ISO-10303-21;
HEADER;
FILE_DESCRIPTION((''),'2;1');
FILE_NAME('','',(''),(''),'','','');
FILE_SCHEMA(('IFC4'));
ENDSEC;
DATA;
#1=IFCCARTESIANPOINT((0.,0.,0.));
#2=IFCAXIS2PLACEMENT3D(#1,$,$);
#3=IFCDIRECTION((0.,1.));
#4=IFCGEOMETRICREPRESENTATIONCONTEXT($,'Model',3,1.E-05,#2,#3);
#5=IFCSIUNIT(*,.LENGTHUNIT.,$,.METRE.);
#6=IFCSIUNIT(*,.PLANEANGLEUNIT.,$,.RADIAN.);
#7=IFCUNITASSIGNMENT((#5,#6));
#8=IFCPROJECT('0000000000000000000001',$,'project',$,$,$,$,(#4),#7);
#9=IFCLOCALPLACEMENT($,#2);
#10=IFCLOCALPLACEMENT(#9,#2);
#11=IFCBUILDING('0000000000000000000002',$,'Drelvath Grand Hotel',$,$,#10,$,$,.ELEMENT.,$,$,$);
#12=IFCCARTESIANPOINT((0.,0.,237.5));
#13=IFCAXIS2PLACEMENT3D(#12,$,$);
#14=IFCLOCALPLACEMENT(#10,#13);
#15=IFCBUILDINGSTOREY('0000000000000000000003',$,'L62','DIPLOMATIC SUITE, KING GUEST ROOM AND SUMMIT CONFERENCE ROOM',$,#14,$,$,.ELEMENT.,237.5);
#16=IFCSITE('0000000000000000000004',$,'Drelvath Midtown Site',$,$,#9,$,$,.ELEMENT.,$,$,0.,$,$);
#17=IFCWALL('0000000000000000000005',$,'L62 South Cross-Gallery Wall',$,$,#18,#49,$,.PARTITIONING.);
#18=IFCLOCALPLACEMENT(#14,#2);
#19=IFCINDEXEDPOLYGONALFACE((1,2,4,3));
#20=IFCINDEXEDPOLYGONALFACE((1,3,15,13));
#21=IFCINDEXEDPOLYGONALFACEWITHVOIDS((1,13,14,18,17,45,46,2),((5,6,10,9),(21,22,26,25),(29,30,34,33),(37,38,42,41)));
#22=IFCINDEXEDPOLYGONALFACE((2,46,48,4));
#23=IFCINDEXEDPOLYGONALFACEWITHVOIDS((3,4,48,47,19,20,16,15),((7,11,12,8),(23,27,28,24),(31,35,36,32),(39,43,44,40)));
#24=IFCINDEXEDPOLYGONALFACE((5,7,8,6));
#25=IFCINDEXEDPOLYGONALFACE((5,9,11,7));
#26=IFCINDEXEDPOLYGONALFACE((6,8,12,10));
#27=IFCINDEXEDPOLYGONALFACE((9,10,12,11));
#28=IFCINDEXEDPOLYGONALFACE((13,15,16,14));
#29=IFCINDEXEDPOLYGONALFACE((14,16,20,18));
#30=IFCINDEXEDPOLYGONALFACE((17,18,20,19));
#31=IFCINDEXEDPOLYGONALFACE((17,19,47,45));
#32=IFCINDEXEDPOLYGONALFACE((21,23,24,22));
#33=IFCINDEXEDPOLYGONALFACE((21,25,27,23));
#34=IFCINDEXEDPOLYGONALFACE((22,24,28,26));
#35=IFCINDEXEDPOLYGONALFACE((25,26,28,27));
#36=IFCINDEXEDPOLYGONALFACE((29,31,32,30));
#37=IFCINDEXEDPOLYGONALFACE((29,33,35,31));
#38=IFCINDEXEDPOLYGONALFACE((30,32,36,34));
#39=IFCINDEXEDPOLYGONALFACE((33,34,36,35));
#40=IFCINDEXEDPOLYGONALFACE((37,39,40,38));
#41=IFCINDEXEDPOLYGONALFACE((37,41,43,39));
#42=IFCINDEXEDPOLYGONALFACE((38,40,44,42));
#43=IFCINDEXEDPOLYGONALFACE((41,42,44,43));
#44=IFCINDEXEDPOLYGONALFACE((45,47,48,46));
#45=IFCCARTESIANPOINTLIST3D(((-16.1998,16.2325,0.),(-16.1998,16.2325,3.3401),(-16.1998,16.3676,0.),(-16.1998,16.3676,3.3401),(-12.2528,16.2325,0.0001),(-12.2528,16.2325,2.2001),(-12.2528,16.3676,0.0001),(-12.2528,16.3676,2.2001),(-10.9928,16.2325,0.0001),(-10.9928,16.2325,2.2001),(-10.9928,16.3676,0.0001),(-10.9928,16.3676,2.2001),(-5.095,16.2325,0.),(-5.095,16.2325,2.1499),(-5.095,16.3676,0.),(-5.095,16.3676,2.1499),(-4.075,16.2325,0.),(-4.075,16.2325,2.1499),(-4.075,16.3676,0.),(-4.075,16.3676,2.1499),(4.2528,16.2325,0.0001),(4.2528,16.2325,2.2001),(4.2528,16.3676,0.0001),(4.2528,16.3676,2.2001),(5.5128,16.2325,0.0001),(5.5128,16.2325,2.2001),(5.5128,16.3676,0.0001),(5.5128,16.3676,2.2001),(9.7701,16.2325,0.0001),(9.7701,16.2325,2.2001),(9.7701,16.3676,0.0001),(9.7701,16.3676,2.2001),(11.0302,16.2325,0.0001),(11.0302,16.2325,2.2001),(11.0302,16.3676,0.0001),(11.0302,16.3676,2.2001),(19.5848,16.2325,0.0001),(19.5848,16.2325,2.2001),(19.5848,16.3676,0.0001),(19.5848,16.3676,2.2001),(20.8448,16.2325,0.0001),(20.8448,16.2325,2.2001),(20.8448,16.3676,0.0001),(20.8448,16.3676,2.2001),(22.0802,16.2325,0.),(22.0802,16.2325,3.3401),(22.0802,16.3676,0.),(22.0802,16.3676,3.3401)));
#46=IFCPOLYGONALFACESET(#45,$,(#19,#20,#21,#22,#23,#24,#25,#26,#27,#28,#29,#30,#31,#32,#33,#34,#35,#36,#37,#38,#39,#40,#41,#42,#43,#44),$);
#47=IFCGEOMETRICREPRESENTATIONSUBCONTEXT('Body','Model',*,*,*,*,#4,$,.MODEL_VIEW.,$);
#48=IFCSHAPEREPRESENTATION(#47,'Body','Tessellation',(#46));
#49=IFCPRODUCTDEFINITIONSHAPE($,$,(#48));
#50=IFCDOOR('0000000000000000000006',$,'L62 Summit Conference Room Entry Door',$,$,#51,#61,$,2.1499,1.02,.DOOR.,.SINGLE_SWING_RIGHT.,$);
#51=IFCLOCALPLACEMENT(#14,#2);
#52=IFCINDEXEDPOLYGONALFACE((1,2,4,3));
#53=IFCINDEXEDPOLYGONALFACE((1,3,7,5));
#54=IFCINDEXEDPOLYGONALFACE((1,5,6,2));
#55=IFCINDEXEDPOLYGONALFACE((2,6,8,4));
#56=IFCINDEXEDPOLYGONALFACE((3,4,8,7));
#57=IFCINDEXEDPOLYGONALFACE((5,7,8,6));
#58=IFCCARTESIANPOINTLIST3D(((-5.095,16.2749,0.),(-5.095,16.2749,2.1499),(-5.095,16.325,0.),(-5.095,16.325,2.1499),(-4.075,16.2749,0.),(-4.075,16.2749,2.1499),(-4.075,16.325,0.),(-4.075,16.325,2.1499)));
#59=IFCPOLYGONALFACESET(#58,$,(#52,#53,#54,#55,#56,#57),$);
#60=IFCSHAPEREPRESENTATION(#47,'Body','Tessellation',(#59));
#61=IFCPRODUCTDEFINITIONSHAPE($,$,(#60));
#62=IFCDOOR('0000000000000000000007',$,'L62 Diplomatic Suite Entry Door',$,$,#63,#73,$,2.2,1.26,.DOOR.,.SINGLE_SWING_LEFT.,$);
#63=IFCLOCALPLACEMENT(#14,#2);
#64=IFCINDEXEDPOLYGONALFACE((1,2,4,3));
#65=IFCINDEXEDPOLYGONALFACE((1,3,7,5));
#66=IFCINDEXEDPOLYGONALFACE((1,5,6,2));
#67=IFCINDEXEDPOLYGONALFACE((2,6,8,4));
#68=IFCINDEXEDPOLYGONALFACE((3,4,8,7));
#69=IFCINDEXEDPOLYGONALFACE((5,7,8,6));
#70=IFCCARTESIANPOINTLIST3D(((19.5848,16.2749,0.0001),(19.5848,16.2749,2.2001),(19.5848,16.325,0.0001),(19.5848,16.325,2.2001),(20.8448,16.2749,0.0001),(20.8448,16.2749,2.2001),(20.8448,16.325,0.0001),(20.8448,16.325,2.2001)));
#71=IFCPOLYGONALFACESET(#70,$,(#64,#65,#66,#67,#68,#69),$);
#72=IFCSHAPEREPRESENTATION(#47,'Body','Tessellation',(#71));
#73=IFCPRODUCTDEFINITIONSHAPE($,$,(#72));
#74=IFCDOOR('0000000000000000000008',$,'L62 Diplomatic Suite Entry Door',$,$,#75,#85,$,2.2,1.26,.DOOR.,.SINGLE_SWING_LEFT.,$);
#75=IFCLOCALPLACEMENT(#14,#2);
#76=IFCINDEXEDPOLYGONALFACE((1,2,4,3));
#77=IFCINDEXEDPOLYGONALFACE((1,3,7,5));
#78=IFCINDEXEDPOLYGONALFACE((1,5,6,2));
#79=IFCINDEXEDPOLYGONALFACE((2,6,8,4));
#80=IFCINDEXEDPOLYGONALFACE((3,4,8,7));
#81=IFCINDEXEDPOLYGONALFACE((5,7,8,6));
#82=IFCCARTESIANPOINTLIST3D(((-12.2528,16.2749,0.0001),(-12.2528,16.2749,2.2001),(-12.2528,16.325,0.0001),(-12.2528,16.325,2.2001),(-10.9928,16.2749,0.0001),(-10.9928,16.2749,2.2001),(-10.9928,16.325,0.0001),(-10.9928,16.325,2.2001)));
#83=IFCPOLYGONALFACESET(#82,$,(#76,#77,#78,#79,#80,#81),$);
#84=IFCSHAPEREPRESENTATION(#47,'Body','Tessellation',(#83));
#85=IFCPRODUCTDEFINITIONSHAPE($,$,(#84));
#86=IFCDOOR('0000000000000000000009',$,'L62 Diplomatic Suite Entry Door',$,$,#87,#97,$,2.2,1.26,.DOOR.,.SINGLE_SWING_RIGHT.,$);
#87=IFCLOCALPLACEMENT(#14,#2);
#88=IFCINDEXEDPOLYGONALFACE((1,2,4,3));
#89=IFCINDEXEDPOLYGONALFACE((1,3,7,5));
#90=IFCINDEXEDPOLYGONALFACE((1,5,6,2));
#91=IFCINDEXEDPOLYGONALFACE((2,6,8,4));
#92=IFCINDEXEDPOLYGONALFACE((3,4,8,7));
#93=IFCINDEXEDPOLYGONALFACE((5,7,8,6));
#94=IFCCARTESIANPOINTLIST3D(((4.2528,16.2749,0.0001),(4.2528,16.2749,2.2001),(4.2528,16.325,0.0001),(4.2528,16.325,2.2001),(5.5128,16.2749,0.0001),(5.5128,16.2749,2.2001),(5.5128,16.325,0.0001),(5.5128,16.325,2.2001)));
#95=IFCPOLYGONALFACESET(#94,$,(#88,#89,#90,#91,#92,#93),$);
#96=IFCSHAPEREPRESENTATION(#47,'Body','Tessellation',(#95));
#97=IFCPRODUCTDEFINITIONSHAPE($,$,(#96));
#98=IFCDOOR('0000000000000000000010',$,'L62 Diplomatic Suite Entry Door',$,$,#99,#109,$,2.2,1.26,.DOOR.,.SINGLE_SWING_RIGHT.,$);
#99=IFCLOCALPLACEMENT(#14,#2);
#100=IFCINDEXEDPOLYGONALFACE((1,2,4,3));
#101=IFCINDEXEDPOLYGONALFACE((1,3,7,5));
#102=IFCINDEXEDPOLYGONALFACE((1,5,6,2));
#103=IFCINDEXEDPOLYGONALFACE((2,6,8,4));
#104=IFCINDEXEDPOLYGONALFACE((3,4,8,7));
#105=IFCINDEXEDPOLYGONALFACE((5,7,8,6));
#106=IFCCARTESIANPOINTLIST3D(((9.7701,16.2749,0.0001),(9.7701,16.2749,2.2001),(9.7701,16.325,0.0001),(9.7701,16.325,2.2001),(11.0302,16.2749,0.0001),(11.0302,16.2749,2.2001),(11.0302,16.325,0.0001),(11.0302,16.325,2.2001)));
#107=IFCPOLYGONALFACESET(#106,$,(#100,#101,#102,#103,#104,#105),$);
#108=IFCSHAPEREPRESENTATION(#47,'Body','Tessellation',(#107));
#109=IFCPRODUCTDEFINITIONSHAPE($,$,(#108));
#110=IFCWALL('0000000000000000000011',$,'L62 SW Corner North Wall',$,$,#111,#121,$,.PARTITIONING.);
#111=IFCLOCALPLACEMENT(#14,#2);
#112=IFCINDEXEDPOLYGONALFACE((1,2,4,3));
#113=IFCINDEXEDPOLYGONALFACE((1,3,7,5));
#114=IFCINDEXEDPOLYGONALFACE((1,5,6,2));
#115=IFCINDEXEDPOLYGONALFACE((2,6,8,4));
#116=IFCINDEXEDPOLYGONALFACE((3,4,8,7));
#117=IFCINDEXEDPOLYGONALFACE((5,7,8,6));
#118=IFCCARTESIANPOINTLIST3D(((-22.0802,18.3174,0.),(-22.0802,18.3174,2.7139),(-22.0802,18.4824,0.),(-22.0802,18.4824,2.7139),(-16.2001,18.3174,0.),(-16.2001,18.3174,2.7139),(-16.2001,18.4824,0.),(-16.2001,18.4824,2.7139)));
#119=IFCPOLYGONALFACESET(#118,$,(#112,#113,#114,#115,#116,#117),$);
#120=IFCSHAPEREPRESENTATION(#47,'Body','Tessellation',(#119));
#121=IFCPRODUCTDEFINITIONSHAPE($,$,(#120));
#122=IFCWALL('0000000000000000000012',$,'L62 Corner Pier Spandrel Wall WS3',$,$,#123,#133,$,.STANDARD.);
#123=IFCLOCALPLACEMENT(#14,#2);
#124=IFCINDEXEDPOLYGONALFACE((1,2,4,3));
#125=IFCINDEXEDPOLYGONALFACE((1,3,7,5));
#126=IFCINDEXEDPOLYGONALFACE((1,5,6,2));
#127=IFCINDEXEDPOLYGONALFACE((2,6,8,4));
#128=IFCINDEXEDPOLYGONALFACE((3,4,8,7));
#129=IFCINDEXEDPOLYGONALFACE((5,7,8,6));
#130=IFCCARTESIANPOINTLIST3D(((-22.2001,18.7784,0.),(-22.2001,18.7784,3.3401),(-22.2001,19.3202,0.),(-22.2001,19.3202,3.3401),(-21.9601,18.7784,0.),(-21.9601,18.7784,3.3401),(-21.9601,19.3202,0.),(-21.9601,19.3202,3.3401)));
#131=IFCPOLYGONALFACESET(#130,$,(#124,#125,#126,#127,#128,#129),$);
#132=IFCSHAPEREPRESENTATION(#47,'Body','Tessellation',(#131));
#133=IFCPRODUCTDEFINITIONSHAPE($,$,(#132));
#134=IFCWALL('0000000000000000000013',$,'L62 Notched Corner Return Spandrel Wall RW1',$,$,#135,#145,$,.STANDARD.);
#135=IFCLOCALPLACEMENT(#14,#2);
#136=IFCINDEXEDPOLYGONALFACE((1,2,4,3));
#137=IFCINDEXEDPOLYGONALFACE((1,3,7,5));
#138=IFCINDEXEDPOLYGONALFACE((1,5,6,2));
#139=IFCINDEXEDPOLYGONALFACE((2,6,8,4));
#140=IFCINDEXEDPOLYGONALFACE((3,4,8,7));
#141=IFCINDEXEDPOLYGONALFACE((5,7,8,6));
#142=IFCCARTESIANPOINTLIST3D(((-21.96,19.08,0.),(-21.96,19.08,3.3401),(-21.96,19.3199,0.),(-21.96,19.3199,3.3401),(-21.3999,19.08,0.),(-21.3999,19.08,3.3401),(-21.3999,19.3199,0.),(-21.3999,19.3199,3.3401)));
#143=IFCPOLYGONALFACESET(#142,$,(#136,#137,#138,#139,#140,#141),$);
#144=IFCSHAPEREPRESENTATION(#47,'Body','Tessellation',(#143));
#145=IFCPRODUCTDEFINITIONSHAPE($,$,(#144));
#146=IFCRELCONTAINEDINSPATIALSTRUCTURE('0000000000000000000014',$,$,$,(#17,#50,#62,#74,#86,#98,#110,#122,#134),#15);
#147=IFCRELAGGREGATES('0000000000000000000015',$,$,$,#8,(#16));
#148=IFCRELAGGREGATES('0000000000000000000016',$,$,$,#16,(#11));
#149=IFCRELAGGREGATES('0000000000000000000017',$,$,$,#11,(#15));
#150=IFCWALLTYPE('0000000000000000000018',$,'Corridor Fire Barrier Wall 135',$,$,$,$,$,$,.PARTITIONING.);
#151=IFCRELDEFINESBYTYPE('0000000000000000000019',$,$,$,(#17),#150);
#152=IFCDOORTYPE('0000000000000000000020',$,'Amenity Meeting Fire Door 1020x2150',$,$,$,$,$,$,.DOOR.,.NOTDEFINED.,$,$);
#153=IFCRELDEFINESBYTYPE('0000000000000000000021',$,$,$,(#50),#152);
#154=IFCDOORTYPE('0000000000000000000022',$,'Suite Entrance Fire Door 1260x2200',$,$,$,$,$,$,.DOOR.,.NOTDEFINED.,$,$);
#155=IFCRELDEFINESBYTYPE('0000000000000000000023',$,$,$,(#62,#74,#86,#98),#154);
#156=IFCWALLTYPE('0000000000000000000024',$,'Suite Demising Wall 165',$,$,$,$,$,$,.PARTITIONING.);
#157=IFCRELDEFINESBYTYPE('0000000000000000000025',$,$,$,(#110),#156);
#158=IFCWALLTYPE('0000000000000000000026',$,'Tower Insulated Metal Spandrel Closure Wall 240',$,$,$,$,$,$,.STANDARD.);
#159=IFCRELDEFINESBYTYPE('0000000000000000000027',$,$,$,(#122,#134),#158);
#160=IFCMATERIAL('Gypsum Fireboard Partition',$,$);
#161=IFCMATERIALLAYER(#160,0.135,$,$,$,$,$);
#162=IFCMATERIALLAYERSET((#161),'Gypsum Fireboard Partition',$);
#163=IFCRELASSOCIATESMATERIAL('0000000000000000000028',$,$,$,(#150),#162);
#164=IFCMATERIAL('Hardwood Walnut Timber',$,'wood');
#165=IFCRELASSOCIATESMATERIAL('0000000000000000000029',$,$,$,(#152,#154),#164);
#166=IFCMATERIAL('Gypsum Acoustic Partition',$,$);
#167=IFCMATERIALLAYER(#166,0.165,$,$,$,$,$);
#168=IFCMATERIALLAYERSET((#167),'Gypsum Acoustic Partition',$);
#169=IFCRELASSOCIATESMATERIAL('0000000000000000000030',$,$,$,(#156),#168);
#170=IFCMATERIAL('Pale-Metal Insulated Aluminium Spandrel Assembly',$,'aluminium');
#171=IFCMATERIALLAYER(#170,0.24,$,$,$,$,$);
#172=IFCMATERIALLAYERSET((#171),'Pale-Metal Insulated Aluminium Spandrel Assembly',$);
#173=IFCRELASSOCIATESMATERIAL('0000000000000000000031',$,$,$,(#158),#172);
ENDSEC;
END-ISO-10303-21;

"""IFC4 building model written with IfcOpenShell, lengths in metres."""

from ifc_helpers import new_model, si_unit, direction, frame, frame_2d, origin, place, context, subcontext, project, spatial, rectangle, extrude, material, layer, layer_set, type_object, element, fill, save


model = new_model("IFC4")

# Units and contexts
model_context = context("Model", 3, precision=1e-05, world=origin(), true_north=direction((0.0, 1.0)))
body_context = subcontext(model_context, "Body", "Model", "MODEL_VIEW")
ifc_project = project(units=[si_unit("LENGTHUNIT", "METRE"), si_unit("PLANEANGLEUNIT", "RADIAN")], contexts=[model_context])

# Site, building, storey
site_placement = place(None, origin())
site = spatial("IfcSite", under=ifc_project, at=site_placement, Name="Drelvath Midtown Site", CompositionType="ELEMENT", RefElevation=0.0)
building_placement = place(site_placement, origin())
building = spatial("IfcBuilding", under=site, at=building_placement, Name="Drelvath Grand Hotel", CompositionType="ELEMENT")
storey_placement = place(building_placement, frame((0.0, 0.0, 237.5)))
storey = spatial("IfcBuildingStorey", under=building, at=storey_placement, Name="L62", Description="DIPLOMATIC SUITE, KING GUEST ROOM AND SUMMIT CONFERENCE ROOM", CompositionType="ELEMENT", Elevation=237.5)

# Wall, openings, doors
ifc_material_1 = material(Name="Gypsum Fireboard Partition")
ifc_layer_1 = layer(ifc_material_1, 0.135)
ifc_layer_set_1 = layer_set([ifc_layer_1], Name="Gypsum Fireboard Partition")
wall_type_1 = type_object("IfcWallType", Name="Corridor Fire Barrier Wall 135", PredefinedType="PARTITIONING", material=ifc_layer_set_1)
wall_1_placement = place(storey_placement, frame((-16.2, 16.3, 0.0), z_axis=(0.0, 0.0, 1.0), x_axis=(1.0, 0.0, 0.0)))
wall_1 = element("IfcWall", 1, at=wall_1_placement, inside=storey, type_object=wall_type_1, Name="L62 South Cross-Gallery Wall", PredefinedType="PARTITIONING", context=body_context, shape_type="SweptSolid", body=[
    extrude(rectangle(XDim=38.28, YDim=0.135, at=frame_2d((19.1401, 0.0))), origin(), (0.0, 0.0, 1.0), 3.3401),
])
opening_1_placement = place(wall_1_placement, frame((35.7849, 0.0, 0.0)))
opening_1 = element("IfcOpeningElement", 2, at=opening_1_placement, cuts=wall_1, PredefinedType="OPENING", context=body_context, shape_type="SweptSolid", body=[
    extrude(rectangle(XDim=1.26, YDim=2.2, at=frame_2d((0.6299, 1.1001))), frame((0.0, 0.0774, 0.0), z_axis=(0.0, -1.0, 0.0), x_axis=(1.0, 0.0, 0.0)), (0.0, 0.0, 1.0), 0.155),
])
opening_2_placement = place(wall_1_placement, frame((3.9473, 0.0, 0.0)))
opening_2 = element("IfcOpeningElement", 3, at=opening_2_placement, cuts=wall_1, PredefinedType="OPENING", context=body_context, shape_type="SweptSolid", body=[
    extrude(rectangle(XDim=1.26, YDim=2.2, at=frame_2d((0.6299, 1.1001))), frame((0.0, 0.0774, 0.0), z_axis=(0.0, -1.0, 0.0), x_axis=(1.0, 0.0, 0.0)), (0.0, 0.0, 1.0), 0.155),
])
opening_3_placement = place(wall_1_placement, frame((11.105, 0.0, 0.0)))
opening_3 = element("IfcOpeningElement", 4, at=opening_3_placement, cuts=wall_1, PredefinedType="OPENING", context=body_context, shape_type="SweptSolid", body=[
    extrude(rectangle(XDim=1.02, YDim=2.1499, at=frame_2d((0.51, 1.075))), frame((0.0, 0.0774, 0.0), z_axis=(0.0, -1.0, 0.0), x_axis=(1.0, 0.0, 0.0)), (0.0, 0.0, 1.0), 0.155),
])
opening_4_placement = place(wall_1_placement, frame((20.4529, 0.0, 0.0)))
opening_4 = element("IfcOpeningElement", 5, at=opening_4_placement, cuts=wall_1, PredefinedType="OPENING", context=body_context, shape_type="SweptSolid", body=[
    extrude(rectangle(XDim=1.26, YDim=2.2, at=frame_2d((0.6299, 1.1001))), frame((0.0, 0.0774, 0.0), z_axis=(0.0, -1.0, 0.0), x_axis=(1.0, 0.0, 0.0)), (0.0, 0.0, 1.0), 0.155),
])
opening_5_placement = place(wall_1_placement, frame((25.9702, 0.0, 0.0)))
opening_5 = element("IfcOpeningElement", 6, at=opening_5_placement, cuts=wall_1, PredefinedType="OPENING", context=body_context, shape_type="SweptSolid", body=[
    extrude(rectangle(XDim=1.26, YDim=2.2, at=frame_2d((0.6299, 1.1001))), frame((0.0, 0.0774, 0.0), z_axis=(0.0, -1.0, 0.0), x_axis=(1.0, 0.0, 0.0)), (0.0, 0.0, 1.0), 0.155),
])
ifc_material_2 = material(Name="Hardwood Walnut Timber", Category="wood")
door_type_1 = type_object("IfcDoorType", Name="Amenity Meeting Fire Door 1020x2150", OperationType="NOTDEFINED", PredefinedType="DOOR", material=ifc_material_2)
door_1_placement = place(opening_3_placement, origin())
door_1 = element("IfcDoor", 7, at=door_1_placement, inside=storey, type_object=door_type_1, Name="L62 Summit Conference Room Entry Door", OperationType="SINGLE_SWING_RIGHT", OverallHeight=2.1499, OverallWidth=1.02, PredefinedType="DOOR", context=body_context, shape_type="SweptSolid", body=[
    extrude(rectangle(XDim=1.02, YDim=2.1499, at=frame_2d((0.51, 1.075))), frame((0.0, 0.0249, 0.0), z_axis=(0.0, -1.0, 0.0), x_axis=(1.0, 0.0, 0.0)), (0.0, 0.0, 1.0), 0.05),
])
fill(opening_3, door_1)
door_type_2 = type_object("IfcDoorType", Name="Suite Entrance Fire Door 1260x2200", OperationType="NOTDEFINED", PredefinedType="DOOR", material=ifc_material_2)
door_2_placement = place(opening_1_placement, origin())
door_2 = element("IfcDoor", 8, at=door_2_placement, inside=storey, type_object=door_type_2, Name="L62 Diplomatic Suite Entry Door", OperationType="SINGLE_SWING_LEFT", OverallHeight=2.2, OverallWidth=1.26, PredefinedType="DOOR", context=body_context, shape_type="SweptSolid", body=[
    extrude(rectangle(XDim=1.26, YDim=2.2, at=frame_2d((0.6299, 1.1001))), frame((0.0, 0.0249, 0.0), z_axis=(0.0, -1.0, 0.0), x_axis=(1.0, 0.0, 0.0)), (0.0, 0.0, 1.0), 0.05),
])
fill(opening_1, door_2)
door_3_placement = place(opening_2_placement, origin())
door_3 = element("IfcDoor", 9, at=door_3_placement, inside=storey, type_object=door_type_2, Name="L62 Diplomatic Suite Entry Door", OperationType="SINGLE_SWING_LEFT", OverallHeight=2.2, OverallWidth=1.26, PredefinedType="DOOR", context=body_context, shape_type="SweptSolid", body=[
    extrude(rectangle(XDim=1.26, YDim=2.2, at=frame_2d((0.6299, 1.1001))), frame((0.0, 0.0249, 0.0), z_axis=(0.0, -1.0, 0.0), x_axis=(1.0, 0.0, 0.0)), (0.0, 0.0, 1.0), 0.05),
])
fill(opening_2, door_3)
door_4_placement = place(opening_4_placement, origin())
door_4 = element("IfcDoor", 10, at=door_4_placement, inside=storey, type_object=door_type_2, Name="L62 Diplomatic Suite Entry Door", OperationType="SINGLE_SWING_RIGHT", OverallHeight=2.2, OverallWidth=1.26, PredefinedType="DOOR", context=body_context, shape_type="SweptSolid", body=[
    extrude(rectangle(XDim=1.26, YDim=2.2, at=frame_2d((0.6299, 1.1001))), frame((0.0, 0.0249, 0.0), z_axis=(0.0, -1.0, 0.0), x_axis=(1.0, 0.0, 0.0)), (0.0, 0.0, 1.0), 0.05),
])
fill(opening_4, door_4)
door_5_placement = place(opening_5_placement, origin())
door_5 = element("IfcDoor", 11, at=door_5_placement, inside=storey, type_object=door_type_2, Name="L62 Diplomatic Suite Entry Door", OperationType="SINGLE_SWING_RIGHT", OverallHeight=2.2, OverallWidth=1.26, PredefinedType="DOOR", context=body_context, shape_type="SweptSolid", body=[
    extrude(rectangle(XDim=1.26, YDim=2.2, at=frame_2d((0.6299, 1.1001))), frame((0.0, 0.0249, 0.0), z_axis=(0.0, -1.0, 0.0), x_axis=(1.0, 0.0, 0.0)), (0.0, 0.0, 1.0), 0.05),
])
fill(opening_5, door_5)

# Walls
ifc_material_3 = material(Name="Gypsum Acoustic Partition")
ifc_layer_2 = layer(ifc_material_3, 0.165)
ifc_layer_set_2 = layer_set([ifc_layer_2], Name="Gypsum Acoustic Partition")
wall_type_2 = type_object("IfcWallType", Name="Suite Demising Wall 165", PredefinedType="PARTITIONING", material=ifc_layer_set_2)
wall_2_placement = place(storey_placement, frame((-22.0801, 18.3999, 0.0), z_axis=(0.0, 0.0, 1.0), x_axis=(1.0, 0.0, 0.0)))
element("IfcWall", 12, at=wall_2_placement, inside=storey, type_object=wall_type_2, Name="L62 SW Corner North Wall", PredefinedType="PARTITIONING", context=body_context, shape_type="SweptSolid", body=[
    extrude(rectangle(XDim=5.8801, YDim=0.165, at=frame_2d((2.9399, 0.0))), origin(), (0.0, 0.0, 1.0), 2.7139),
])
ifc_material_4 = material(Name="Pale-Metal Insulated Aluminium Spandrel Assembly", Category="aluminium")
ifc_layer_3 = layer(ifc_material_4, 0.24)
ifc_layer_set_3 = layer_set([ifc_layer_3], Name="Pale-Metal Insulated Aluminium Spandrel Assembly")
wall_type_3 = type_object("IfcWallType", Name="Tower Insulated Metal Spandrel Closure Wall 240", PredefinedType="STANDARD", material=ifc_layer_set_3)
wall_3_placement = place(storey_placement, frame((-22.0801, 18.7783, 0.0), z_axis=(0.0, 0.0, 1.0), x_axis=(0.0, 1.0, 0.0)))
element("IfcWall", 13, at=wall_3_placement, inside=storey, type_object=wall_type_3, Name="L62 Corner Pier Spandrel Wall WS3", PredefinedType="STANDARD", context=body_context, shape_type="SweptSolid", body=[
    extrude(rectangle(XDim=0.5417, YDim=0.24, at=frame_2d((0.271, 0.0))), origin(), (0.0, 0.0, 1.0), 3.3401),
])
wall_4_placement = place(storey_placement, frame((-21.96, 19.2, 0.0), z_axis=(0.0, 0.0, 1.0), x_axis=(1.0, 0.0, 0.0)))
element("IfcWall", 14, at=wall_4_placement, inside=storey, type_object=wall_type_3, Name="L62 Notched Corner Return Spandrel Wall RW1", PredefinedType="STANDARD", context=body_context, shape_type="SweptSolid", body=[
    extrude(rectangle(XDim=0.5601, YDim=0.24, at=frame_2d((0.28, 0.0))), origin(), (0.0, 0.0, 1.0), 3.3401),
])

save(model, "model.ifc")
